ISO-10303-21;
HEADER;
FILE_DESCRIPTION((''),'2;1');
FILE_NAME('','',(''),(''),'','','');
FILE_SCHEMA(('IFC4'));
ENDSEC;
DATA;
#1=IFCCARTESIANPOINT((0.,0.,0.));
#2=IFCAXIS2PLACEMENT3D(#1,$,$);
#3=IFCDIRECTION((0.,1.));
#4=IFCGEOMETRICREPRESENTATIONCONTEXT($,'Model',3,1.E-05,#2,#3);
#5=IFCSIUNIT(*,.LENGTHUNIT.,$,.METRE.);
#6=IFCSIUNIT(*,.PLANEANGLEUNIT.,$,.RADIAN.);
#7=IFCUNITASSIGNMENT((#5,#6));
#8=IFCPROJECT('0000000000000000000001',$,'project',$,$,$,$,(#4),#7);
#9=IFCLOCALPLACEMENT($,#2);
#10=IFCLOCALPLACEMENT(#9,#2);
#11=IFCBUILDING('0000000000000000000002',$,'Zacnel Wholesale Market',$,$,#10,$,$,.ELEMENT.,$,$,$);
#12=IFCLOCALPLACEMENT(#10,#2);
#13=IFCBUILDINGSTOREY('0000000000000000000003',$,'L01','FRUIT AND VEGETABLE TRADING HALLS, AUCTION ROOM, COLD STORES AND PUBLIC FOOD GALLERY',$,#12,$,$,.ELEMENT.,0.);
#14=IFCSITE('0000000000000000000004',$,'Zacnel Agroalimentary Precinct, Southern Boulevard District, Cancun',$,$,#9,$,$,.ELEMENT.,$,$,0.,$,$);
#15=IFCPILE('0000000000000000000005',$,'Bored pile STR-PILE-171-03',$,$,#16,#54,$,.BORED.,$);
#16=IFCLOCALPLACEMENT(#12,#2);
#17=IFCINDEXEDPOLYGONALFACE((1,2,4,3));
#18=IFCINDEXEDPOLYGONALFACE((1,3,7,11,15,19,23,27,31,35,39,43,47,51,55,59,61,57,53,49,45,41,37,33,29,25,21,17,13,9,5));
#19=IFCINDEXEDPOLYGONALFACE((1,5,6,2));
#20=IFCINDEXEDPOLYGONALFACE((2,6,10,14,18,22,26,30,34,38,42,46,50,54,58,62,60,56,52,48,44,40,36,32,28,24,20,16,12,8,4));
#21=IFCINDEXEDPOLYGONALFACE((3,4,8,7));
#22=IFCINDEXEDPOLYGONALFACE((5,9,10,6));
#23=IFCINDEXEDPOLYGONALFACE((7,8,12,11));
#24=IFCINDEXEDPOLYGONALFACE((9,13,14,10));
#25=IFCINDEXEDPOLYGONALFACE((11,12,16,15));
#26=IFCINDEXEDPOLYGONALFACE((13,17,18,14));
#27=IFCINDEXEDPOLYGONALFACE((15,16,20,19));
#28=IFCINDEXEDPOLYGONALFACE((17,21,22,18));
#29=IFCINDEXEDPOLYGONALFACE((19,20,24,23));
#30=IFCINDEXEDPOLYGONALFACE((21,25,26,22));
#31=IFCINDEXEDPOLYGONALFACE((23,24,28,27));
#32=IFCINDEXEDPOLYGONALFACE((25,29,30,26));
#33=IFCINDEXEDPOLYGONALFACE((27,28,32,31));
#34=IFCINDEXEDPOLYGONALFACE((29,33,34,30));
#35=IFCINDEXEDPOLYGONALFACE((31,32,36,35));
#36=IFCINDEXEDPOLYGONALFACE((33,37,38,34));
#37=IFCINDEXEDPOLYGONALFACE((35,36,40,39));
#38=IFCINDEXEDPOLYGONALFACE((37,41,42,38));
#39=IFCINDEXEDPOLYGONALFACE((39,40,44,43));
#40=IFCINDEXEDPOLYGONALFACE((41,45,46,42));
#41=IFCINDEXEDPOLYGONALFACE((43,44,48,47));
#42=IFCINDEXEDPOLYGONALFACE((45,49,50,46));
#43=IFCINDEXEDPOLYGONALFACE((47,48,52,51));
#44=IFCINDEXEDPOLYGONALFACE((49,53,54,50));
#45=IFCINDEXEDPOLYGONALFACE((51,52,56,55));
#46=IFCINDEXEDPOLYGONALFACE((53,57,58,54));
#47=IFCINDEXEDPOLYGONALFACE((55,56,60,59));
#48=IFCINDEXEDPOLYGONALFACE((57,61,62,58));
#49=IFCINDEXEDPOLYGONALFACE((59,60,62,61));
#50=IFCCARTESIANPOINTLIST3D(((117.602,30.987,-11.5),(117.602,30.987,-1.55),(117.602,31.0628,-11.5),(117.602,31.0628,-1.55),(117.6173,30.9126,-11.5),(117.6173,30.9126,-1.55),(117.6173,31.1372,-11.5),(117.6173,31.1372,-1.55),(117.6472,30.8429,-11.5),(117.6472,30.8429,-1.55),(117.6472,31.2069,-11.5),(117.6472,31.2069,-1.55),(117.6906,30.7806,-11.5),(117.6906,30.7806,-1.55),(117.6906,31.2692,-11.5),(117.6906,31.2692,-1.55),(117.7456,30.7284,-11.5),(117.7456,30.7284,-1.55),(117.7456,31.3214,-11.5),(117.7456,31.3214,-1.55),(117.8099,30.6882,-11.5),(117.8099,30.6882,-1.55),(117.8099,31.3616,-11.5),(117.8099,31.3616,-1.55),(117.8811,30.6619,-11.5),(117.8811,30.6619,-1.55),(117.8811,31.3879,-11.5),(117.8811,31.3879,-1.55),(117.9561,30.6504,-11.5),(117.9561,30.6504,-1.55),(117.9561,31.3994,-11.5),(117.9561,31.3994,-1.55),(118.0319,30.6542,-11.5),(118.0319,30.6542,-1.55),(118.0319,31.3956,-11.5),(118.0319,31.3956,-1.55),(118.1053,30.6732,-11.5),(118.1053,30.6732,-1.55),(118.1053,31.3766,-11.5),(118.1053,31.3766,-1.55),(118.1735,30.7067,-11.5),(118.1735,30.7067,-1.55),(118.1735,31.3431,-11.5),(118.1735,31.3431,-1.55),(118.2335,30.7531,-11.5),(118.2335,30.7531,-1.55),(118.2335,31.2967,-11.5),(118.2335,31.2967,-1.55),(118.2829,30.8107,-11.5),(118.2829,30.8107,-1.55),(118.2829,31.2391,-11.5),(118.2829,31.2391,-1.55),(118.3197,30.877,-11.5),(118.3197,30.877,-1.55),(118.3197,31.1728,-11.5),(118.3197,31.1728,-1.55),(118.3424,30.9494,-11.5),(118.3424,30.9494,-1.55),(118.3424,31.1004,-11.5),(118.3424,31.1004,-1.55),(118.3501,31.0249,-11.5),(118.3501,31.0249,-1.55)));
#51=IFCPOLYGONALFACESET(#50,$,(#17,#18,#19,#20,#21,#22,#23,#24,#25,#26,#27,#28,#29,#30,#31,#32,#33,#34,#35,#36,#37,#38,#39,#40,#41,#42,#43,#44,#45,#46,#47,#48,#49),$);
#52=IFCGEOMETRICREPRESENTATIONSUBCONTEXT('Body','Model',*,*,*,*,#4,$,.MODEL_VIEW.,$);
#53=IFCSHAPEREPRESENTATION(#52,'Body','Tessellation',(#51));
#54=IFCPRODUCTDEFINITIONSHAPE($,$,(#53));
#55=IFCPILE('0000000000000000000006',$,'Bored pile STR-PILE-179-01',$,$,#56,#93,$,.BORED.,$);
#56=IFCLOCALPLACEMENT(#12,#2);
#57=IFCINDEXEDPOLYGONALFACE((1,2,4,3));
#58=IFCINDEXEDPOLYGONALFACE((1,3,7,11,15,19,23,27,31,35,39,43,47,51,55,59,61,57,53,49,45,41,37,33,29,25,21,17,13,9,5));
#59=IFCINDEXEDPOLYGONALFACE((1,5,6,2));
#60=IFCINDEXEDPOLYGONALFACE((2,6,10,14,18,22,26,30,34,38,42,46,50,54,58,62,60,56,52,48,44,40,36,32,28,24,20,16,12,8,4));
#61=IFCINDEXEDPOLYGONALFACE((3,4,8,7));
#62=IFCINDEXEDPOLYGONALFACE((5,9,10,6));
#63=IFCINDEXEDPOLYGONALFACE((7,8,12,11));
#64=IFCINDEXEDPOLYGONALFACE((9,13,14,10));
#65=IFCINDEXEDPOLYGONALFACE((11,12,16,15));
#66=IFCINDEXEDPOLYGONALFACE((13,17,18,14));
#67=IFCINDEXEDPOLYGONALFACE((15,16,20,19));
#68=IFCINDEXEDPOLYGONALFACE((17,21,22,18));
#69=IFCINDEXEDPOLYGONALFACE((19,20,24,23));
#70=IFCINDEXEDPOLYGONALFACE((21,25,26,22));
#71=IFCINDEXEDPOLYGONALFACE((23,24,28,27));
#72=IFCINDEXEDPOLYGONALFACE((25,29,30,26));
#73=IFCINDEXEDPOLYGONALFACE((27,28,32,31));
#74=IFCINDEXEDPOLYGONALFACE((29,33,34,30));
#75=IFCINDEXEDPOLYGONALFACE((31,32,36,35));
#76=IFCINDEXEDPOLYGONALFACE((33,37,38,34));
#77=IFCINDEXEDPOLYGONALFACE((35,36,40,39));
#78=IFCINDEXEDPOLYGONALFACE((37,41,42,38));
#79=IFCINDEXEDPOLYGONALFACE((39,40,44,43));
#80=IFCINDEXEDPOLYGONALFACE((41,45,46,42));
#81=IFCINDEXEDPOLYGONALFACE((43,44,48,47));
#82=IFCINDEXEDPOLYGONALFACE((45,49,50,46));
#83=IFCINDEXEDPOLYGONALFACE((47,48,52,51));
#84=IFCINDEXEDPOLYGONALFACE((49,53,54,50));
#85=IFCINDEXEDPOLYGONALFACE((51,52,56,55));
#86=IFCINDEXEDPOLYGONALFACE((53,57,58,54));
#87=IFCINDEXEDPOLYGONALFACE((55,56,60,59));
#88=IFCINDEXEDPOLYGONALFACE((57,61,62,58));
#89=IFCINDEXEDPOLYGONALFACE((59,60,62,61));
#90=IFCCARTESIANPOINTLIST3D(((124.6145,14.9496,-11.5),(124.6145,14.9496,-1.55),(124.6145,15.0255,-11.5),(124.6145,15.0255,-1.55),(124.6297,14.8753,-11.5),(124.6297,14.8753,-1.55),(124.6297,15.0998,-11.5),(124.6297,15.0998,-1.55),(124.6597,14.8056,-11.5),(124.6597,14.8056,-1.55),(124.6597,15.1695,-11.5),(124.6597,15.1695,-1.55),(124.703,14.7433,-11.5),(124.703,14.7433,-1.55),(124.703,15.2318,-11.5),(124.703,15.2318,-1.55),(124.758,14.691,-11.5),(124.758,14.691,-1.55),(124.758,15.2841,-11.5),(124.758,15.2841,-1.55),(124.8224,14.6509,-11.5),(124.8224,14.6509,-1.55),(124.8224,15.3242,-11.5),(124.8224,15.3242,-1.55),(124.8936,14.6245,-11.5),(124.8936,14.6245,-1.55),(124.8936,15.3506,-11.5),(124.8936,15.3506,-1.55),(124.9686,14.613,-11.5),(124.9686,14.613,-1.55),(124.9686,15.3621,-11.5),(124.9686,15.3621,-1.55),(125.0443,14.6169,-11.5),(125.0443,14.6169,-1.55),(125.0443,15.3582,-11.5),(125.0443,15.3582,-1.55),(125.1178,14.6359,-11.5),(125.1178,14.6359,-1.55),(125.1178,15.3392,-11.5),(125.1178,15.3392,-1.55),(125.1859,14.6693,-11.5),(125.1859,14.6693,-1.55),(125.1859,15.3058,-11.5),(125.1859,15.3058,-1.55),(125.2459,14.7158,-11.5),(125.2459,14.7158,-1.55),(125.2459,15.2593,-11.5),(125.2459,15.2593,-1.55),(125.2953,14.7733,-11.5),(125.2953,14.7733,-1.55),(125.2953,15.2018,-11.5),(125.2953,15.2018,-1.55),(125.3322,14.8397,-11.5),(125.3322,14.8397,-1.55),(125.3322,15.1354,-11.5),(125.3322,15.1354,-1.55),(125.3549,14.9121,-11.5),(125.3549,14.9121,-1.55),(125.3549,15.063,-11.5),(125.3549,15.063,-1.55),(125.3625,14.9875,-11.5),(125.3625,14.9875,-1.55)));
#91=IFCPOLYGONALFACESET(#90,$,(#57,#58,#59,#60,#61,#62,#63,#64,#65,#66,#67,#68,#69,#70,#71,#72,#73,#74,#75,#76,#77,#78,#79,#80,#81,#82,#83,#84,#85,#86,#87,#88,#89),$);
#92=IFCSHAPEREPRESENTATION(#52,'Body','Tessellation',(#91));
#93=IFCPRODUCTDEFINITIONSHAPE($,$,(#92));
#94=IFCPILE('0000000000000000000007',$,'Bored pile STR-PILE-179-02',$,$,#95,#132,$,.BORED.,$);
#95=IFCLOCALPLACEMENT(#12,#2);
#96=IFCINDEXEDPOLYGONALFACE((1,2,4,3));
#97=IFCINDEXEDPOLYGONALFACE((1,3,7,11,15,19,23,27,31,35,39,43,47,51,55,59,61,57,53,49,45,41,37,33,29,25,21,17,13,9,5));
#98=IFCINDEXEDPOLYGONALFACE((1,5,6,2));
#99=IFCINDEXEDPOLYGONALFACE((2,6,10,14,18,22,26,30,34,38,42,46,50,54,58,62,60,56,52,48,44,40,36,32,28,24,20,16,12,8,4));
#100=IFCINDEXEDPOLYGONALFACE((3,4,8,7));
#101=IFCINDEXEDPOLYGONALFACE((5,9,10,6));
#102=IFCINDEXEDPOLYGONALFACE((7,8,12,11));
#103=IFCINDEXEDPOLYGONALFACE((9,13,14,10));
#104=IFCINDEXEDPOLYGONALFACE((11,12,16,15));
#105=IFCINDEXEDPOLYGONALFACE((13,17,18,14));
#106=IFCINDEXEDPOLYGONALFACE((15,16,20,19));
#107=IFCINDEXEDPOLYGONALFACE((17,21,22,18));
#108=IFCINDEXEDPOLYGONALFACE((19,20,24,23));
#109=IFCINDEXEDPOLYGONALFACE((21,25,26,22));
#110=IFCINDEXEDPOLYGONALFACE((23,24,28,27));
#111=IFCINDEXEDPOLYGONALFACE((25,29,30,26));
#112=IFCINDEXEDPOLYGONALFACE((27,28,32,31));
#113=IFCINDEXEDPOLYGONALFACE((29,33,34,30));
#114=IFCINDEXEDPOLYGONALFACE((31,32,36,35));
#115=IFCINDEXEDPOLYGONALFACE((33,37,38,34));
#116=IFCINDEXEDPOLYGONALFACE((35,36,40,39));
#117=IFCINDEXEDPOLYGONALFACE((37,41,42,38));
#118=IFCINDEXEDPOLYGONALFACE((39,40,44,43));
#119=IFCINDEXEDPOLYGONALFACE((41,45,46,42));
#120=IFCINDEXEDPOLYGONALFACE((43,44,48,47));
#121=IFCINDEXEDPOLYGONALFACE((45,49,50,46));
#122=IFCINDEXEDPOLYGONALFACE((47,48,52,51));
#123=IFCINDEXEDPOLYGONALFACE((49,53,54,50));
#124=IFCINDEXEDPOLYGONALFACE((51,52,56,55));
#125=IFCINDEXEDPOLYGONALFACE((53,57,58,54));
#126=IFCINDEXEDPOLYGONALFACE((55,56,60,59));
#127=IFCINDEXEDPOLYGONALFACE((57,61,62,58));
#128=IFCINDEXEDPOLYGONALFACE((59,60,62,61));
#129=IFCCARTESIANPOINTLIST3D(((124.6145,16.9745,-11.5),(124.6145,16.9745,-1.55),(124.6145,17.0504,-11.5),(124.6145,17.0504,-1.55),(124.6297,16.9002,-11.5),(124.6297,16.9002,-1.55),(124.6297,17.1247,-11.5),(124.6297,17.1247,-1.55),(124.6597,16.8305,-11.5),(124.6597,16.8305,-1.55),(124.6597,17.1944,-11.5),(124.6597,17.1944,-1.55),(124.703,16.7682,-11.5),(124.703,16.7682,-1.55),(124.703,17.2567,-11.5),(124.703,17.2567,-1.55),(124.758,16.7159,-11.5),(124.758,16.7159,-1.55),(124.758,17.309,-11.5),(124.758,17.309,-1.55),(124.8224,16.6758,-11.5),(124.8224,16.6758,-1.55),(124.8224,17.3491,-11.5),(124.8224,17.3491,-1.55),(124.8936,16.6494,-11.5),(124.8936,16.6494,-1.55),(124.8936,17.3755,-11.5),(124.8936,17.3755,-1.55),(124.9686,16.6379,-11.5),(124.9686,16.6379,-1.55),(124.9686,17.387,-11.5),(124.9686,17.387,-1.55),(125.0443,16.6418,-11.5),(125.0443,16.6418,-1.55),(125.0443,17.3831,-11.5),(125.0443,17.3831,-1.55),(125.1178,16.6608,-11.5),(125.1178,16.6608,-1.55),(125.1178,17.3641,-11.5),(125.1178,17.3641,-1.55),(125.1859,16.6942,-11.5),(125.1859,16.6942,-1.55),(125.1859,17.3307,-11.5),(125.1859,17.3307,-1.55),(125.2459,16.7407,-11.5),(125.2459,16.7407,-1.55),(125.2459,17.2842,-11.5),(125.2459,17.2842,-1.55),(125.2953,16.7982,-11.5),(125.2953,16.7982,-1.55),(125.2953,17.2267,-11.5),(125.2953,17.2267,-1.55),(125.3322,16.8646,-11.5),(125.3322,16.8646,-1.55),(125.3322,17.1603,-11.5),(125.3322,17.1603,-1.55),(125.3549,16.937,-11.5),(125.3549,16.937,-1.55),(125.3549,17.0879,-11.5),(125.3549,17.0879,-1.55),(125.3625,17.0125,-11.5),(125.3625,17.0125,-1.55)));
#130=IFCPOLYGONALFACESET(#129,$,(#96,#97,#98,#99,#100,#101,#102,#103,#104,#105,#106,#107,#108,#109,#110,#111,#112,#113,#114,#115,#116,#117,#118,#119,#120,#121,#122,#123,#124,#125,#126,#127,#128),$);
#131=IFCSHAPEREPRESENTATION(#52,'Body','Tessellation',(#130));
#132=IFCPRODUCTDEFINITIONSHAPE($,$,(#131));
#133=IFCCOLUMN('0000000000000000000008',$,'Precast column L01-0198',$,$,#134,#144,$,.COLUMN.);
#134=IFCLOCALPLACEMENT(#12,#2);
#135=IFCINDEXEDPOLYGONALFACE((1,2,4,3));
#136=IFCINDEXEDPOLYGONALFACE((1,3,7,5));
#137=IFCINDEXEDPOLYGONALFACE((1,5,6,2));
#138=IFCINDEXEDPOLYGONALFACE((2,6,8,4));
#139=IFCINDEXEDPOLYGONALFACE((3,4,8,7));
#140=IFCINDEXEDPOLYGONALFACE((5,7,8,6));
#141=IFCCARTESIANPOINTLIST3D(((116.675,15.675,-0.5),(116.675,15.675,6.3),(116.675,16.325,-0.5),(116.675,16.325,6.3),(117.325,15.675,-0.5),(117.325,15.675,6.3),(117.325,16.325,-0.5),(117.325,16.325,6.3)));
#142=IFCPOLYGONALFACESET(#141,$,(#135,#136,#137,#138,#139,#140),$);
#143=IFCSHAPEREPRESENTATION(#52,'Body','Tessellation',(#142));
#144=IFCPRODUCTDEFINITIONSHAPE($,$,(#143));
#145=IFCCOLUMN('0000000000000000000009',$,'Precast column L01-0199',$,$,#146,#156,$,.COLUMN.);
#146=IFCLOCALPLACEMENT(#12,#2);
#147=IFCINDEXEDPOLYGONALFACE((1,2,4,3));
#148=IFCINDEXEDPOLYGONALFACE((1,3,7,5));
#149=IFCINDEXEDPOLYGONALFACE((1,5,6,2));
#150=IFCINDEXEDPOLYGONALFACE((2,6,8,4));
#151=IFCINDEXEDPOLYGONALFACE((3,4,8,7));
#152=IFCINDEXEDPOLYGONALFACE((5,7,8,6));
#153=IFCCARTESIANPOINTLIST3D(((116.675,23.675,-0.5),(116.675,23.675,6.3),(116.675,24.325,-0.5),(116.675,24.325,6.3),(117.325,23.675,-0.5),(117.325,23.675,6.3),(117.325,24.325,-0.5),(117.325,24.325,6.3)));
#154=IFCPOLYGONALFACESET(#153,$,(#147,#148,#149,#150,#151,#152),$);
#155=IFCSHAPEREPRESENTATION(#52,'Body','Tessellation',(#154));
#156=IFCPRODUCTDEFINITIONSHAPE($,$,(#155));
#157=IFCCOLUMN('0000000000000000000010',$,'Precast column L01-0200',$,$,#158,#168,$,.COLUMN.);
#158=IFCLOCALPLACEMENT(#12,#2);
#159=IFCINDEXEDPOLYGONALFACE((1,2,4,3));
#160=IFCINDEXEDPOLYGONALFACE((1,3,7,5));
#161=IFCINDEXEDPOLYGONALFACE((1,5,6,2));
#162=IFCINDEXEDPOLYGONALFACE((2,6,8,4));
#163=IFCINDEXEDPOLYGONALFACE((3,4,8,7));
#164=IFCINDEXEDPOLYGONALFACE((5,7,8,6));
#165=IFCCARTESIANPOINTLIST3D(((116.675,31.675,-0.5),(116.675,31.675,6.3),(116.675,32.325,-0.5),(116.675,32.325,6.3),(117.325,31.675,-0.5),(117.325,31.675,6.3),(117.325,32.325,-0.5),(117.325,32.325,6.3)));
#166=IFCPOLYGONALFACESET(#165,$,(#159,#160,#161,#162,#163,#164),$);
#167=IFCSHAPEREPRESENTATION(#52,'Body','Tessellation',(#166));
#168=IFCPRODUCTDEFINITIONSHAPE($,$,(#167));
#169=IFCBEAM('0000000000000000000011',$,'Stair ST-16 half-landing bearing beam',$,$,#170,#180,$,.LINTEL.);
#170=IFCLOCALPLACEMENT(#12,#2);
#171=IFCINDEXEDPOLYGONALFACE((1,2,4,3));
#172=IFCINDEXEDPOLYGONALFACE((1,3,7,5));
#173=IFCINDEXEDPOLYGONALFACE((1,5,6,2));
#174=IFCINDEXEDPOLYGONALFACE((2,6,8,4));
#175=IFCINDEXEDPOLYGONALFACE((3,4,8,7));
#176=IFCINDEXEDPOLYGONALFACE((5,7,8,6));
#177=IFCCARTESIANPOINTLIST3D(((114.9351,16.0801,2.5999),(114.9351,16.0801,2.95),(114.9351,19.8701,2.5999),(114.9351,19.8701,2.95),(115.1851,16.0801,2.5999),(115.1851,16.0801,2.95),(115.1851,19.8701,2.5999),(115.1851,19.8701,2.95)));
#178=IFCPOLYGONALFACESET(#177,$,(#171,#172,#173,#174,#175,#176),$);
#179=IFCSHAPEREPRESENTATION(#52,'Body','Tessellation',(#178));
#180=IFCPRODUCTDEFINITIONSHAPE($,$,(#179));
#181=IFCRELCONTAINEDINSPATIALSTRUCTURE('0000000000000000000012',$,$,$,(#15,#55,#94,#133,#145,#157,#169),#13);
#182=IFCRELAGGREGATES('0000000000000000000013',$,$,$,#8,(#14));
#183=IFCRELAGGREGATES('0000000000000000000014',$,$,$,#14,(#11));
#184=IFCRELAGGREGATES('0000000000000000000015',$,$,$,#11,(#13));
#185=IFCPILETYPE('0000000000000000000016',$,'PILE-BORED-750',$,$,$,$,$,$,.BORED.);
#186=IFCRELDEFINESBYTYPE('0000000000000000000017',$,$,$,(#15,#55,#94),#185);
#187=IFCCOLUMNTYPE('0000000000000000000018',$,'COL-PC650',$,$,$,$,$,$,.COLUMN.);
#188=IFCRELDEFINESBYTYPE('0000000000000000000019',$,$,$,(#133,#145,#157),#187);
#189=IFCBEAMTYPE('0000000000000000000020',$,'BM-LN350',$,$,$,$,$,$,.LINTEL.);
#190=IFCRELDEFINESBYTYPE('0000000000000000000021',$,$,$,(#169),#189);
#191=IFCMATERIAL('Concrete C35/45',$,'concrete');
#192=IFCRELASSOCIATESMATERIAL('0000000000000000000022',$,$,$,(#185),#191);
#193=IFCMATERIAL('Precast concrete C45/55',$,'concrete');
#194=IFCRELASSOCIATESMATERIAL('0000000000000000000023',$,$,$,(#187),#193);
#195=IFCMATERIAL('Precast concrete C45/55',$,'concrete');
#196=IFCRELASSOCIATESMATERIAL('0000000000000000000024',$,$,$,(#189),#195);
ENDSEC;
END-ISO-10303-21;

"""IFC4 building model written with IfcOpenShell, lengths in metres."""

from ifc_helpers import new_model, si_unit, direction, frame, origin, origin_2d, place, context, subcontext, project, spatial, rectangle, circle, extrude, material, material_profile, profile_set, type_object, element, save


model = new_model("IFC4")

# Units and contexts
model_context = context("Model", 3, precision=1e-05, world=origin(), true_north=direction((0.0, 1.0)))
body_context = subcontext(model_context, "Body", "Model", "MODEL_VIEW")
ifc_project = project(units=[si_unit("LENGTHUNIT", "METRE"), si_unit("PLANEANGLEUNIT", "RADIAN")], contexts=[model_context])

# Site, building, storey
site_placement = place(None, origin())
site = spatial("IfcSite", under=ifc_project, at=site_placement, Name="Zacnel Agroalimentary Precinct, Southern Boulevard District, Cancun", CompositionType="ELEMENT", RefElevation=0.0)
building_placement = place(site_placement, origin())
building = spatial("IfcBuilding", under=site, at=building_placement, Name="Zacnel Wholesale Market", CompositionType="ELEMENT")
storey_placement = place(building_placement, origin())
storey = spatial("IfcBuildingStorey", under=building, at=storey_placement, Name="L01", Description="FRUIT AND VEGETABLE TRADING HALLS, AUCTION ROOM, COLD STORES AND PUBLIC FOOD GALLERY", CompositionType="ELEMENT", Elevation=0.0)

# Piles
ifc_material_1 = material(Name="Concrete C35/45", Category="concrete")
ifc_material_profile_1 = material_profile(ifc_material_1, circle(Radius=0.375, at=origin_2d()), Name="BORED PILE D750")
ifc_profile_set_1 = profile_set([ifc_material_profile_1], Name="Concrete C35/45")
pile_type = type_object("IfcPileType", Name="PILE-BORED-750", PredefinedType="BORED", material=ifc_profile_set_1)
for number, where, z_axis, x_axis, name in (
    (1, (117.9751, 31.0249, -1.55), (0.0, 0.0, -1.0), (1.0, 0.0, 0.0), "Bored pile STR-PILE-171-03"),
    (2, (124.9875, 14.9875, -1.55), (0.0, 0.0, -1.0), (1.0, 0.0, 0.0), "Bored pile STR-PILE-179-01"),
    (3, (124.9875, 17.0125, -1.55), (0.0, 0.0, -1.0), (1.0, 0.0, 0.0), "Bored pile STR-PILE-179-02"),
):
    element("IfcPile", number, at=place(storey_placement, frame(where, z_axis=z_axis, x_axis=x_axis)), inside=storey, type_object=pile_type, Name=name, PredefinedType="BORED", context=body_context, shape_type="SweptSolid", body=[
        extrude(circle(Radius=0.375, at=origin_2d()), origin(), (0.0, 0.0, 1.0), 9.95),
    ])

# Columns
ifc_material_2 = material(Name="Precast concrete C45/55", Category="concrete")
ifc_material_profile_2 = material_profile(ifc_material_2, rectangle(XDim=0.6499, YDim=0.6499, at=origin_2d()), Name="PC 650x650")
ifc_profile_set_2 = profile_set([ifc_material_profile_2], Name="Precast concrete C45/55")
column_type = type_object("IfcColumnType", Name="COL-PC650", PredefinedType="COLUMN", material=ifc_profile_set_2)
for number, where, z_axis, x_axis, name in (
    (4, (117.0, 16.0, -0.5), (0.0, 0.0, 1.0), (1.0, 0.0, 0.0), "Precast column L01-0198"),
    (5, (117.0, 24.0, -0.5), (0.0, 0.0, 1.0), (1.0, 0.0, 0.0), "Precast column L01-0199"),
    (6, (117.0, 32.0, -0.5), (0.0, 0.0, 1.0), (1.0, 0.0, 0.0), "Precast column L01-0200"),
):
    element("IfcColumn", number, at=place(storey_placement, frame(where, z_axis=z_axis, x_axis=x_axis)), inside=storey, type_object=column_type, Name=name, PredefinedType="COLUMN", context=body_context, shape_type="SweptSolid", body=[
        extrude(rectangle(XDim=0.6499, YDim=0.6499, at=origin_2d()), origin(), (0.0, 0.0, 1.0), 6.8),
    ])

# Beam
ifc_material_3 = material(Name="Precast concrete C45/55", Category="concrete")
ifc_material_profile_3 = material_profile(ifc_material_3, rectangle(XDim=0.25, YDim=0.3501, at=origin_2d()), Name="LN 250x350")
ifc_profile_set_3 = profile_set([ifc_material_profile_3], Name="Precast concrete C45/55")
beam_type = type_object("IfcBeamType", Name="BM-LN350", PredefinedType="LINTEL", material=ifc_profile_set_3)
beam_placement = place(storey_placement, frame((115.0601, 16.0801, 2.7749), z_axis=(0.0, 1.0, 0.0), x_axis=(-1.0, 0.0, 0.0)))
element("IfcBeam", 7, at=beam_placement, inside=storey, type_object=beam_type, Name="Stair ST-16 half-landing bearing beam", PredefinedType="LINTEL", context=body_context, shape_type="SweptSolid", body=[
    extrude(rectangle(XDim=0.25, YDim=0.3501, at=origin_2d()), origin(), (0.0, 0.0, 1.0), 3.79),
])

save(model, "model.ifc")
